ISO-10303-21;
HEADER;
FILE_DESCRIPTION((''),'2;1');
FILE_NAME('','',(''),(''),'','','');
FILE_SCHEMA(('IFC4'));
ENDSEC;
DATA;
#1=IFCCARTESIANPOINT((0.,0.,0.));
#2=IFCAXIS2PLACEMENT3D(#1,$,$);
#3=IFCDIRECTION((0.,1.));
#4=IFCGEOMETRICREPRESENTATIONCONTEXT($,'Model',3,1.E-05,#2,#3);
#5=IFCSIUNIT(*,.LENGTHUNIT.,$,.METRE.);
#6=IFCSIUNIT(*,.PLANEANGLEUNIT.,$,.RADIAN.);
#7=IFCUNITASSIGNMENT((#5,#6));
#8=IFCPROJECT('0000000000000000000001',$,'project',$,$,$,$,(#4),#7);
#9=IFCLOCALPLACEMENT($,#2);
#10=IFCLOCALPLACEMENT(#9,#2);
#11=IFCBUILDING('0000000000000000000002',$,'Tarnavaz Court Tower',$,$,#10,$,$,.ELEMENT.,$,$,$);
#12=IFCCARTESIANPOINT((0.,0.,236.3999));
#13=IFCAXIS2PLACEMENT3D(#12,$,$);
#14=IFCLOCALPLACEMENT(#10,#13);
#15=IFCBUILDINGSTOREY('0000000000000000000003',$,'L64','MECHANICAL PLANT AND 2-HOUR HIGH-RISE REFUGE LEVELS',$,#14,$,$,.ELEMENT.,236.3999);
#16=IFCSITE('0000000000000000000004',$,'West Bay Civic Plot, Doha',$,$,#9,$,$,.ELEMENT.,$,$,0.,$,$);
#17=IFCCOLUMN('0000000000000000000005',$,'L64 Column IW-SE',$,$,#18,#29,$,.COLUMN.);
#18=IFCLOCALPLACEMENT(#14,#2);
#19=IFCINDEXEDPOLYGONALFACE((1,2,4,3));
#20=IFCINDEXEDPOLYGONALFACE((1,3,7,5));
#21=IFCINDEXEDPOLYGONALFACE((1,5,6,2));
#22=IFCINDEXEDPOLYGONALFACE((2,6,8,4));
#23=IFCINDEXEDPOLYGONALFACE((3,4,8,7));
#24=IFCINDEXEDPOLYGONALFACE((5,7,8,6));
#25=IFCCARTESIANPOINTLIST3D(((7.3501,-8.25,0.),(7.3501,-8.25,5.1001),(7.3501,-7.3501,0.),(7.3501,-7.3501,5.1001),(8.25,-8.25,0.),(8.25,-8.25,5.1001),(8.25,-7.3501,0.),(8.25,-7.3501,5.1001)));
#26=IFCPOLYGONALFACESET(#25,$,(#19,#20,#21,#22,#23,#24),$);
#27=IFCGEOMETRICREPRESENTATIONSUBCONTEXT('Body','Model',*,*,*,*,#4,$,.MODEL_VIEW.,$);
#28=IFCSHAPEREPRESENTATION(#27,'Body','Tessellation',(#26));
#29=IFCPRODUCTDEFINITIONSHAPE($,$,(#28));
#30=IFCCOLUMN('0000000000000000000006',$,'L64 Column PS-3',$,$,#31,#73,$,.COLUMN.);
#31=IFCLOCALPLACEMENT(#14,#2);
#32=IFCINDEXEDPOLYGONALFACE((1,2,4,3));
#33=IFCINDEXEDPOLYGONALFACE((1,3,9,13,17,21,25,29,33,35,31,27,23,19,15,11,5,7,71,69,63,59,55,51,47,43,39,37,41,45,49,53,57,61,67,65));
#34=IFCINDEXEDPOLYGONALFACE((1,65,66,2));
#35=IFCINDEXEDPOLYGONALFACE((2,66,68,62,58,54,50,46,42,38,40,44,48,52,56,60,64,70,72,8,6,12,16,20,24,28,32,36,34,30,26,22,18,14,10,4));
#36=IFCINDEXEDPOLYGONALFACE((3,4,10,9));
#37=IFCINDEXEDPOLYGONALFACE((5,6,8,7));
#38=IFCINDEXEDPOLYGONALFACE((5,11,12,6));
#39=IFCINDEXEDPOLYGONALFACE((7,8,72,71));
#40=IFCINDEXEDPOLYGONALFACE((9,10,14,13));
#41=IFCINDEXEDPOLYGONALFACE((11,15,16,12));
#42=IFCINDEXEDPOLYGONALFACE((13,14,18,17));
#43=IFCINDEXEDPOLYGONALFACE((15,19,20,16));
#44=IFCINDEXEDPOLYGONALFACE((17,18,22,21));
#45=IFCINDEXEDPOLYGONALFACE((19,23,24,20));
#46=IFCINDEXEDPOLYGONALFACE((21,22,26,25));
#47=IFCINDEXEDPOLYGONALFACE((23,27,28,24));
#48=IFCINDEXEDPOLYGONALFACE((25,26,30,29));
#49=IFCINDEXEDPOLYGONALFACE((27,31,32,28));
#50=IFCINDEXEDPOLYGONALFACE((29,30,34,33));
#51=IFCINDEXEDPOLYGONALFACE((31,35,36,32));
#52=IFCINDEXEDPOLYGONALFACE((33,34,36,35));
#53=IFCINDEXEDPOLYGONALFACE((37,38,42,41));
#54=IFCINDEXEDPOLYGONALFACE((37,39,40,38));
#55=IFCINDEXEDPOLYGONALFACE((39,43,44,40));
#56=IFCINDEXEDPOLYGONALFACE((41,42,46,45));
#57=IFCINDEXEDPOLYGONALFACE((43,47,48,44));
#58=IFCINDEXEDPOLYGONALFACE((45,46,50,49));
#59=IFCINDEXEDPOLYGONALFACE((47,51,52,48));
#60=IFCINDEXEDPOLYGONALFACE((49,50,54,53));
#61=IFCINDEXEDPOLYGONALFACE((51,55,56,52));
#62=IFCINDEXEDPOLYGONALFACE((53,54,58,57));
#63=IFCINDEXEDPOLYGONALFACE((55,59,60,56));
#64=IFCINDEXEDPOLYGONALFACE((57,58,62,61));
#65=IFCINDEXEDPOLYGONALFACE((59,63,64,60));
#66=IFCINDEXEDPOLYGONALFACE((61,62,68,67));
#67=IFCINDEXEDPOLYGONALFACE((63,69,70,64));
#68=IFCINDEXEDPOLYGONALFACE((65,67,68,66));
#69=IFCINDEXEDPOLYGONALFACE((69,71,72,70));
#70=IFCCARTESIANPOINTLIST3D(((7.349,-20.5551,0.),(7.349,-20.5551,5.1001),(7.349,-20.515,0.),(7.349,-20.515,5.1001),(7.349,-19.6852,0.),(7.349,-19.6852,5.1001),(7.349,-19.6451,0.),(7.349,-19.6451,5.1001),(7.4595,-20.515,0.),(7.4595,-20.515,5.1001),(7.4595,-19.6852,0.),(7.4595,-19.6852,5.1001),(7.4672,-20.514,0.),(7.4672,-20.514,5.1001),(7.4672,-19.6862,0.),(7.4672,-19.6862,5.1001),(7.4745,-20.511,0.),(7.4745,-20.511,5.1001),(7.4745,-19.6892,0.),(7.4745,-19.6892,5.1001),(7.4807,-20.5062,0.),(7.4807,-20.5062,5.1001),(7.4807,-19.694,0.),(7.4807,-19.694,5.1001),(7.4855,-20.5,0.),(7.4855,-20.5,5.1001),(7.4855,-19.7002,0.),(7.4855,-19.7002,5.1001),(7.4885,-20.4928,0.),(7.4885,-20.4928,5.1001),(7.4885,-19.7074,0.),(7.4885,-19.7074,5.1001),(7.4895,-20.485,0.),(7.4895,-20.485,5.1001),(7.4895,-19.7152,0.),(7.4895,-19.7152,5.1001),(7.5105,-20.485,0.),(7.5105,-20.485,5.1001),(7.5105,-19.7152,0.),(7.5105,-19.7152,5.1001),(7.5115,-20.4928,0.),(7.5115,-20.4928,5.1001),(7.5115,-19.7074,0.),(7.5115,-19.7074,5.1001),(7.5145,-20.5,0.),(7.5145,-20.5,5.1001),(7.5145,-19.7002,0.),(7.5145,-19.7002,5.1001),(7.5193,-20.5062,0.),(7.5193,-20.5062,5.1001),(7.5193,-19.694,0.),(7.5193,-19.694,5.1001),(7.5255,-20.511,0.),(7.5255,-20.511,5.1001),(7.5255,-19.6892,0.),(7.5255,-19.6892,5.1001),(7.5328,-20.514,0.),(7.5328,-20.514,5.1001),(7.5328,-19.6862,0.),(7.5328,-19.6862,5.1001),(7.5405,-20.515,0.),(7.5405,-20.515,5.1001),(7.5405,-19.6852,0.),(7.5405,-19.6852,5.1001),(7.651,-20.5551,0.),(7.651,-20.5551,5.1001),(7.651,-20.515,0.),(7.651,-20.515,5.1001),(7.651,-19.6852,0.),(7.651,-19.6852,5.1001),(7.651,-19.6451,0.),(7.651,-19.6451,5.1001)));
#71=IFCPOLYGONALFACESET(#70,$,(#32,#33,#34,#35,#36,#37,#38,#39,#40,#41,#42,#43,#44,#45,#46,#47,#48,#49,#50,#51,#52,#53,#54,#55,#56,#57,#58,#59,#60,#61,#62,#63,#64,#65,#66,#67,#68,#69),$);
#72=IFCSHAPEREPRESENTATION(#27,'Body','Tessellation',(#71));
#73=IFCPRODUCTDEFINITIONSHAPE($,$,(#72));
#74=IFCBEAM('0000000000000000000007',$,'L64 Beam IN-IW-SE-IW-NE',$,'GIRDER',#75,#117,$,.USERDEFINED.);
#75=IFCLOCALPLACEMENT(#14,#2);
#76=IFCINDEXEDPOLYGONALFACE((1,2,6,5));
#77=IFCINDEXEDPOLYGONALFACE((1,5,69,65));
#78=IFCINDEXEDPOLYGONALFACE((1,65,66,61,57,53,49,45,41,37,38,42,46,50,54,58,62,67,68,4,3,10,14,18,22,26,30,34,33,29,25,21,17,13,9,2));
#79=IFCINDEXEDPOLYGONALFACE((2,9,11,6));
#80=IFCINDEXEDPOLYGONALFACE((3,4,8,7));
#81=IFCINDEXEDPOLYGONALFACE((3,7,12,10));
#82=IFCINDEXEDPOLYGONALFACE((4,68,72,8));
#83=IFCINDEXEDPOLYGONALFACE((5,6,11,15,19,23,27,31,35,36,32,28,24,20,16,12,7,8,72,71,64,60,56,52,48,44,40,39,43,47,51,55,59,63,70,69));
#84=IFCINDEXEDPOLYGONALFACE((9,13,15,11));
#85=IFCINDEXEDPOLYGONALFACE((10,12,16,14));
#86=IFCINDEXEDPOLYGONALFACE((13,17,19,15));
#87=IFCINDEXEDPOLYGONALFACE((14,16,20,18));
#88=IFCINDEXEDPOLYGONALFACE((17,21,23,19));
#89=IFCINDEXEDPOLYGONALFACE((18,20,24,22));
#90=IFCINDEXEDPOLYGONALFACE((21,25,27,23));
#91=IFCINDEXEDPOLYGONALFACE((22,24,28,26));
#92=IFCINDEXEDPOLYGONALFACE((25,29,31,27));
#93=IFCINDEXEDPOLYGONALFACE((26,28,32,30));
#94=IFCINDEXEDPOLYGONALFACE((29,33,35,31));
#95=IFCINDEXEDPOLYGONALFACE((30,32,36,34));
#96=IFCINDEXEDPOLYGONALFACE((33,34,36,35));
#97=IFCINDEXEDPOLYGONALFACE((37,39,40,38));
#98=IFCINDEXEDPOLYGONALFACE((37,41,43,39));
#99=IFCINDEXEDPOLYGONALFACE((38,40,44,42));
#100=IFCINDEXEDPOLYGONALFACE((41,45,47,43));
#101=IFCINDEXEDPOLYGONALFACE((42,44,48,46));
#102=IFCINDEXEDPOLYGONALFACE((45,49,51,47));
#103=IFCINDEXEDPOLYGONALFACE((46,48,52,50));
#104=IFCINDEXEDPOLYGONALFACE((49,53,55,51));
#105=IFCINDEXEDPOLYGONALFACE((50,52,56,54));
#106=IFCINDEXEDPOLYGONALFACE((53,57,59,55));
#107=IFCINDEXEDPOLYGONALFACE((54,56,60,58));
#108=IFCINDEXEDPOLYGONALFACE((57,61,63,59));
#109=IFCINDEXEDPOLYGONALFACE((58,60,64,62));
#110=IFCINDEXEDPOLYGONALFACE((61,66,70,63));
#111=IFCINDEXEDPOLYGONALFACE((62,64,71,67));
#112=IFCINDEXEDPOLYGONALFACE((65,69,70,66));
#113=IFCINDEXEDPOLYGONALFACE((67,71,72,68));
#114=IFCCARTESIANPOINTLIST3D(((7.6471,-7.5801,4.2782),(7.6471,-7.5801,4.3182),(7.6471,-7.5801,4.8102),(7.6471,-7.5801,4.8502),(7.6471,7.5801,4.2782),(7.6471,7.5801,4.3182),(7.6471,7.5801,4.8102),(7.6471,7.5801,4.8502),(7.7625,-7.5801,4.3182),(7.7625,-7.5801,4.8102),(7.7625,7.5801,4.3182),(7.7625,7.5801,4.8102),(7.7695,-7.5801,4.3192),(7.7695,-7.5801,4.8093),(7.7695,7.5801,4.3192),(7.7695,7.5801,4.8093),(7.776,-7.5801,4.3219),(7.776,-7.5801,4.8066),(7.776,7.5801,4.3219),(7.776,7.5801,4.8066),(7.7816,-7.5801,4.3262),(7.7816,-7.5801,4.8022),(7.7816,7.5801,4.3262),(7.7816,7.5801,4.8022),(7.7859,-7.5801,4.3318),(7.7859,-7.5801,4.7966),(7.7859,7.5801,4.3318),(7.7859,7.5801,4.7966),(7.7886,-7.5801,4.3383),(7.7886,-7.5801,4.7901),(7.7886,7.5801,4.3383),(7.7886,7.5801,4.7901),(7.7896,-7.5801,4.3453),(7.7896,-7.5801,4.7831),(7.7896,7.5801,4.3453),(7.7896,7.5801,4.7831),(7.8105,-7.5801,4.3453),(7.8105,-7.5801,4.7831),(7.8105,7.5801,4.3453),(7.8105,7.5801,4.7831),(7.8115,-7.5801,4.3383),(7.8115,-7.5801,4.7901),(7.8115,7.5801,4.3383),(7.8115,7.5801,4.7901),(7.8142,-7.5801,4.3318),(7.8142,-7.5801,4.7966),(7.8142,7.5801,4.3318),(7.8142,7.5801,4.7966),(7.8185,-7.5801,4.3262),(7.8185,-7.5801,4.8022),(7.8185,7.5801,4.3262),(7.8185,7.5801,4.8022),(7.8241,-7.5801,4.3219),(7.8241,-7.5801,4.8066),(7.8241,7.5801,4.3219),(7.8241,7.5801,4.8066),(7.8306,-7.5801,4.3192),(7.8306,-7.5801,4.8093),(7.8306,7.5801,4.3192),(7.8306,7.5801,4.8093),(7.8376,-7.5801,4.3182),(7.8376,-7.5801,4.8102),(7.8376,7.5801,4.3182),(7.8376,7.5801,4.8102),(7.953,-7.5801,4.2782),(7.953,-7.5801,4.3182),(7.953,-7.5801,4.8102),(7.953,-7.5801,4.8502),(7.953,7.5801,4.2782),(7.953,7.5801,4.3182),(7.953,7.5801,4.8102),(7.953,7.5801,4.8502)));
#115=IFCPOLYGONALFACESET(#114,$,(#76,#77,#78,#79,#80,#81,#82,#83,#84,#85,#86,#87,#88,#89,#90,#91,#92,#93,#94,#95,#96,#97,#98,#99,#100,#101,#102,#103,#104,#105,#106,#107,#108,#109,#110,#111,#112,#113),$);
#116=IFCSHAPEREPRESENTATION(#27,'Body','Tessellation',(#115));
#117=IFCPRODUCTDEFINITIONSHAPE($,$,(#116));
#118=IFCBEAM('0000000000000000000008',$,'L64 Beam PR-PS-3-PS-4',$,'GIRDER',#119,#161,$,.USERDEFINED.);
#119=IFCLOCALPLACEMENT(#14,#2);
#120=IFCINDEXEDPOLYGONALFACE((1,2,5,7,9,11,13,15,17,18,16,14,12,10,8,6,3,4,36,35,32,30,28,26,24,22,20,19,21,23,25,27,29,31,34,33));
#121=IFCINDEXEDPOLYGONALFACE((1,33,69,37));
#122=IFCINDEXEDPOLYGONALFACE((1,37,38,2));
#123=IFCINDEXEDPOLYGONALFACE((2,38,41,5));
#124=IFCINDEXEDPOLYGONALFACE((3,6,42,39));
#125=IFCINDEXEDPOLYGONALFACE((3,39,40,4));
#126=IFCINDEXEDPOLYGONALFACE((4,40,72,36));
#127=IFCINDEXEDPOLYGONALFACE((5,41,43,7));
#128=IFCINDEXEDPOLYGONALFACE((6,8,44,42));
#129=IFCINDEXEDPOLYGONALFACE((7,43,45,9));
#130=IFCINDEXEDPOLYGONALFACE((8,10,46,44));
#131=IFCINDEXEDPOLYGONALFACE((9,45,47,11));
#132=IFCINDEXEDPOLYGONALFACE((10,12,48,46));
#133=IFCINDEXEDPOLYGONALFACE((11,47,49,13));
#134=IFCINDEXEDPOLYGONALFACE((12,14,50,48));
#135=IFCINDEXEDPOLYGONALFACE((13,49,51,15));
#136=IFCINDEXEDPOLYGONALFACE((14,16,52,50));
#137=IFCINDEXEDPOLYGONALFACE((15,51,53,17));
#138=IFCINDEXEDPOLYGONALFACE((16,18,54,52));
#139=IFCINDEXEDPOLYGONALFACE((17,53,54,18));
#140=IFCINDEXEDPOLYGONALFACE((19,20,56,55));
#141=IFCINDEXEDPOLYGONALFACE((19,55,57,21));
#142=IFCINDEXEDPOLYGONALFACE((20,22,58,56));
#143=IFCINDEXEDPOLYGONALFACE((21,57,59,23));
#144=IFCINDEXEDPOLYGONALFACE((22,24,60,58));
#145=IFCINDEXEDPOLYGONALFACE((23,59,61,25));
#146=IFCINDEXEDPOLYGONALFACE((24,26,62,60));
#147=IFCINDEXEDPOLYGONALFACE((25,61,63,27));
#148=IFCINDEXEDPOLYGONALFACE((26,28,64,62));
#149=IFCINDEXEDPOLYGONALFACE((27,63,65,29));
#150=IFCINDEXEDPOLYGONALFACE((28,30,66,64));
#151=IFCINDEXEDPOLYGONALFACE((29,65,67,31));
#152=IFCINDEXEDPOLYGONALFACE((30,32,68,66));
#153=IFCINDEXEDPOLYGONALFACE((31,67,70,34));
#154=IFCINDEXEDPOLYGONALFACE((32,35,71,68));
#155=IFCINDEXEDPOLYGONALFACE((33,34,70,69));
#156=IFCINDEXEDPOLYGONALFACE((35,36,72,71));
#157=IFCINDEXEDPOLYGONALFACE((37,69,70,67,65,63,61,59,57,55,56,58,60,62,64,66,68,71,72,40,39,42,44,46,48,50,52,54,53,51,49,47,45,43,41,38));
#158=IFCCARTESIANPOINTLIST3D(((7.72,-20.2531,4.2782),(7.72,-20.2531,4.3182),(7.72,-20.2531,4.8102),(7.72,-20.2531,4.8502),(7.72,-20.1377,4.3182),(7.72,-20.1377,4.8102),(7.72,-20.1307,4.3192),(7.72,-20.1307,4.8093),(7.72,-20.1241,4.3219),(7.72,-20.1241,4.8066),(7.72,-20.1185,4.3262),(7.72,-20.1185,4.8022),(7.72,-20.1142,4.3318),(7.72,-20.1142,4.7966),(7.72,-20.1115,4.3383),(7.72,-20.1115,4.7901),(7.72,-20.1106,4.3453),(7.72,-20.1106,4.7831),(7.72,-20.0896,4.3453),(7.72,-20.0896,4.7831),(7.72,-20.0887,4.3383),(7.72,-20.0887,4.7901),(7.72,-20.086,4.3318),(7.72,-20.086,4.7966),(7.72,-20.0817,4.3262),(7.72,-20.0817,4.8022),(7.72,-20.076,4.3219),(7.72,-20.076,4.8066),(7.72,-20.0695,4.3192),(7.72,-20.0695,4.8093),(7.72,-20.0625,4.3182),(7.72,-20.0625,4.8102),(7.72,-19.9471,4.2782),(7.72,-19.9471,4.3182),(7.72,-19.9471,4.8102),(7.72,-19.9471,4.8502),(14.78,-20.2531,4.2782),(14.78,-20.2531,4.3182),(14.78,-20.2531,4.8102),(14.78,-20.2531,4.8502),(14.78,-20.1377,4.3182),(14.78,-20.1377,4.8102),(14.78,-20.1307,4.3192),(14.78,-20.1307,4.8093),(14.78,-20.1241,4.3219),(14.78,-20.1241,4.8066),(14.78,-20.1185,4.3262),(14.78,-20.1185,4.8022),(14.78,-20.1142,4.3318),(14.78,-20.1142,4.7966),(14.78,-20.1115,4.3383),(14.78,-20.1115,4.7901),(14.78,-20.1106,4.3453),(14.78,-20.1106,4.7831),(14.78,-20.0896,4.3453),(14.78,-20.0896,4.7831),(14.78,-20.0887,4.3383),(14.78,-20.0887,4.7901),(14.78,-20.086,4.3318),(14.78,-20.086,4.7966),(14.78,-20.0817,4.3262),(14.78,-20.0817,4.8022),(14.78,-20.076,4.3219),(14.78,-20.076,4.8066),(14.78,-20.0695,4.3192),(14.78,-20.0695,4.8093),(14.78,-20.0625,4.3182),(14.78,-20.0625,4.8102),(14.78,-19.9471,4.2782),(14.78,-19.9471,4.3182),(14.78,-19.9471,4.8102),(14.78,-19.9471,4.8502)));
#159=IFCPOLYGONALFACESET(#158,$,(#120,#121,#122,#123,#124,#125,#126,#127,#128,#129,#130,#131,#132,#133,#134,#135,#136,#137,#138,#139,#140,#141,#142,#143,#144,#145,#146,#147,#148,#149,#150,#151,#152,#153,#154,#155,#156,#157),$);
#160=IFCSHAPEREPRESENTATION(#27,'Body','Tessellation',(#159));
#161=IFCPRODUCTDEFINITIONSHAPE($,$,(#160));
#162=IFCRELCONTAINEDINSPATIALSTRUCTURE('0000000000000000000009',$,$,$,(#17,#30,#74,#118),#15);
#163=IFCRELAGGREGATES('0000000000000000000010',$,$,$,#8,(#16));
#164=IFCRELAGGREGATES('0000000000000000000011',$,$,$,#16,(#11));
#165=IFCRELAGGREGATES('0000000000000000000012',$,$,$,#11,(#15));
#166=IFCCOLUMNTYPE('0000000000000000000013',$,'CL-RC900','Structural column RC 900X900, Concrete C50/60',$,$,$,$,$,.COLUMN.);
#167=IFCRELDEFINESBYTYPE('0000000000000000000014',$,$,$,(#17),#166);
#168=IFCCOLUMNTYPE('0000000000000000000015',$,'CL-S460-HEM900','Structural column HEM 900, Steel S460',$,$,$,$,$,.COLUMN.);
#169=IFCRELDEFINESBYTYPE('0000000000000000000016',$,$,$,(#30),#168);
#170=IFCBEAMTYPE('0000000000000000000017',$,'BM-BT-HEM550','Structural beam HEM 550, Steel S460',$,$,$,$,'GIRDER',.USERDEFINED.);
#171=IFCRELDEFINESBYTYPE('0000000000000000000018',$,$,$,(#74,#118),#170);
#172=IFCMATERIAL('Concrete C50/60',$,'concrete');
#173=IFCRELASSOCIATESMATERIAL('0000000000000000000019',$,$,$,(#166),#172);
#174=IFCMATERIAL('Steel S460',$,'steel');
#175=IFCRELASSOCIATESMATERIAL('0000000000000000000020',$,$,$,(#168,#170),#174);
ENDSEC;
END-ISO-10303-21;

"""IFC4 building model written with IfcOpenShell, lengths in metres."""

from ifc_helpers import new_model, si_unit, direction, frame, origin, origin_2d, place, context, subcontext, project, spatial, rectangle, i_section, extrude, material, material_profile, profile_set, type_object, element, save


model = new_model("IFC4")

# Units and contexts
model_context = context("Model", 3, precision=1e-05, world=origin(), true_north=direction((0.0, 1.0)))
body_context = subcontext(model_context, "Body", "Model", "MODEL_VIEW")
ifc_project = project(units=[si_unit("LENGTHUNIT", "METRE"), si_unit("PLANEANGLEUNIT", "RADIAN")], contexts=[model_context])

# Site, building, storey
site_placement = place(None, origin())
site = spatial("IfcSite", under=ifc_project, at=site_placement, Name="West Bay Civic Plot, Doha", CompositionType="ELEMENT", RefElevation=0.0)
building_placement = place(site_placement, origin())
building = spatial("IfcBuilding", under=site, at=building_placement, Name="Tarnavaz Court Tower", CompositionType="ELEMENT")
storey_placement = place(building_placement, frame((0.0, 0.0, 236.3999)))
storey = spatial("IfcBuildingStorey", under=building, at=storey_placement, Name="L64", Description="MECHANICAL PLANT AND 2-HOUR HIGH-RISE REFUGE LEVELS", CompositionType="ELEMENT", Elevation=236.3999)

# Columns
ifc_material_1 = material(Name="Concrete C50/60", Category="concrete")
ifc_material_profile_1 = material_profile(ifc_material_1, rectangle(XDim=0.8999, YDim=0.8999, at=origin_2d()), Name="RC 900X900")
ifc_profile_set_1 = profile_set([ifc_material_profile_1], Name="Concrete C50/60")
column_type_1 = type_object("IfcColumnType", Name="CL-RC900", Description="Structural column RC 900X900, Concrete C50/60", PredefinedType="COLUMN", material=ifc_profile_set_1)
column_1_placement = place(storey_placement, frame((7.8, -7.8, 0.0), z_axis=(0.0, 0.0, 1.0), x_axis=(1.0, 0.0, 0.0)))
element("IfcColumn", 1, at=column_1_placement, inside=storey, type_object=column_type_1, Name="L64 Column IW-SE", PredefinedType="COLUMN", context=body_context, shape_type="SweptSolid", body=[
    extrude(rectangle(XDim=0.8999, YDim=0.8999, at=origin_2d()), origin(), (0.0, 0.0, 1.0), 5.1001),
])
ifc_material_2 = material(Name="Steel S460", Category="steel")
ifc_material_profile_2 = material_profile(ifc_material_2, i_section(OverallWidth=0.302, OverallDepth=0.9099, WebThickness=0.021, FlangeThickness=0.04, FilletRadius=0.03, at=origin_2d()), Name="HEM 900")
ifc_profile_set_2 = profile_set([ifc_material_profile_2], Name="Steel S460")
column_type_2 = type_object("IfcColumnType", Name="CL-S460-HEM900", Description="Structural column HEM 900, Steel S460", PredefinedType="COLUMN", material=ifc_profile_set_2)
column_2_placement = place(storey_placement, frame((7.5, -20.1001, 0.0), z_axis=(0.0, 0.0, 1.0), x_axis=(1.0, 0.0, 0.0)))
element("IfcColumn", 2, at=column_2_placement, inside=storey, type_object=column_type_2, Name="L64 Column PS-3", PredefinedType="COLUMN", context=body_context, shape_type="SweptSolid", body=[
    extrude(i_section(OverallWidth=0.302, OverallDepth=0.9099, WebThickness=0.021, FlangeThickness=0.04, FilletRadius=0.03, at=origin_2d()), origin(), (0.0, 0.0, 1.0), 5.1001),
])

# Beams
ifc_material_profile_3 = material_profile(ifc_material_2, i_section(OverallWidth=0.3059, OverallDepth=0.572, WebThickness=0.021, FlangeThickness=0.04, FilletRadius=0.0271, at=origin_2d()), Name="HEM 550")
ifc_profile_set_3 = profile_set([ifc_material_profile_3], Name="Steel S460")
beam_type_1 = type_object("IfcBeamType", Name="BM-BT-HEM550", Description="Structural beam HEM 550, Steel S460", ElementType="GIRDER", PredefinedType="USERDEFINED", material=ifc_profile_set_3)
beam_1_placement = place(storey_placement, frame((7.8, -7.5801, 4.5642), z_axis=(0.0, 1.0, 0.0), x_axis=(-1.0, 0.0, 0.0)))
element("IfcBeam", 3, at=beam_1_placement, inside=storey, type_object=beam_type_1, Name="L64 Beam IN-IW-SE-IW-NE", ObjectType="GIRDER", PredefinedType="USERDEFINED", context=body_context, shape_type="SweptSolid", body=[
    extrude(i_section(OverallWidth=0.3059, OverallDepth=0.572, WebThickness=0.021, FlangeThickness=0.04, FilletRadius=0.0271, at=origin_2d()), origin(), (0.0, 0.0, 1.0), 15.1602),
])
beam_2_placement = place(storey_placement, frame((7.72, -20.1001, 4.5642), z_axis=(1.0, 0.0, 0.0), x_axis=(0.0, 1.0, 0.0)))
element("IfcBeam", 4, at=beam_2_placement, inside=storey, type_object=beam_type_1, Name="L64 Beam PR-PS-3-PS-4", ObjectType="GIRDER", PredefinedType="USERDEFINED", context=body_context, shape_type="SweptSolid", body=[
    extrude(i_section(OverallWidth=0.3059, OverallDepth=0.572, WebThickness=0.021, FlangeThickness=0.04, FilletRadius=0.0271, at=origin_2d()), origin(), (0.0, 0.0, 1.0), 7.0601),
])

save(model, "model.ifc")
